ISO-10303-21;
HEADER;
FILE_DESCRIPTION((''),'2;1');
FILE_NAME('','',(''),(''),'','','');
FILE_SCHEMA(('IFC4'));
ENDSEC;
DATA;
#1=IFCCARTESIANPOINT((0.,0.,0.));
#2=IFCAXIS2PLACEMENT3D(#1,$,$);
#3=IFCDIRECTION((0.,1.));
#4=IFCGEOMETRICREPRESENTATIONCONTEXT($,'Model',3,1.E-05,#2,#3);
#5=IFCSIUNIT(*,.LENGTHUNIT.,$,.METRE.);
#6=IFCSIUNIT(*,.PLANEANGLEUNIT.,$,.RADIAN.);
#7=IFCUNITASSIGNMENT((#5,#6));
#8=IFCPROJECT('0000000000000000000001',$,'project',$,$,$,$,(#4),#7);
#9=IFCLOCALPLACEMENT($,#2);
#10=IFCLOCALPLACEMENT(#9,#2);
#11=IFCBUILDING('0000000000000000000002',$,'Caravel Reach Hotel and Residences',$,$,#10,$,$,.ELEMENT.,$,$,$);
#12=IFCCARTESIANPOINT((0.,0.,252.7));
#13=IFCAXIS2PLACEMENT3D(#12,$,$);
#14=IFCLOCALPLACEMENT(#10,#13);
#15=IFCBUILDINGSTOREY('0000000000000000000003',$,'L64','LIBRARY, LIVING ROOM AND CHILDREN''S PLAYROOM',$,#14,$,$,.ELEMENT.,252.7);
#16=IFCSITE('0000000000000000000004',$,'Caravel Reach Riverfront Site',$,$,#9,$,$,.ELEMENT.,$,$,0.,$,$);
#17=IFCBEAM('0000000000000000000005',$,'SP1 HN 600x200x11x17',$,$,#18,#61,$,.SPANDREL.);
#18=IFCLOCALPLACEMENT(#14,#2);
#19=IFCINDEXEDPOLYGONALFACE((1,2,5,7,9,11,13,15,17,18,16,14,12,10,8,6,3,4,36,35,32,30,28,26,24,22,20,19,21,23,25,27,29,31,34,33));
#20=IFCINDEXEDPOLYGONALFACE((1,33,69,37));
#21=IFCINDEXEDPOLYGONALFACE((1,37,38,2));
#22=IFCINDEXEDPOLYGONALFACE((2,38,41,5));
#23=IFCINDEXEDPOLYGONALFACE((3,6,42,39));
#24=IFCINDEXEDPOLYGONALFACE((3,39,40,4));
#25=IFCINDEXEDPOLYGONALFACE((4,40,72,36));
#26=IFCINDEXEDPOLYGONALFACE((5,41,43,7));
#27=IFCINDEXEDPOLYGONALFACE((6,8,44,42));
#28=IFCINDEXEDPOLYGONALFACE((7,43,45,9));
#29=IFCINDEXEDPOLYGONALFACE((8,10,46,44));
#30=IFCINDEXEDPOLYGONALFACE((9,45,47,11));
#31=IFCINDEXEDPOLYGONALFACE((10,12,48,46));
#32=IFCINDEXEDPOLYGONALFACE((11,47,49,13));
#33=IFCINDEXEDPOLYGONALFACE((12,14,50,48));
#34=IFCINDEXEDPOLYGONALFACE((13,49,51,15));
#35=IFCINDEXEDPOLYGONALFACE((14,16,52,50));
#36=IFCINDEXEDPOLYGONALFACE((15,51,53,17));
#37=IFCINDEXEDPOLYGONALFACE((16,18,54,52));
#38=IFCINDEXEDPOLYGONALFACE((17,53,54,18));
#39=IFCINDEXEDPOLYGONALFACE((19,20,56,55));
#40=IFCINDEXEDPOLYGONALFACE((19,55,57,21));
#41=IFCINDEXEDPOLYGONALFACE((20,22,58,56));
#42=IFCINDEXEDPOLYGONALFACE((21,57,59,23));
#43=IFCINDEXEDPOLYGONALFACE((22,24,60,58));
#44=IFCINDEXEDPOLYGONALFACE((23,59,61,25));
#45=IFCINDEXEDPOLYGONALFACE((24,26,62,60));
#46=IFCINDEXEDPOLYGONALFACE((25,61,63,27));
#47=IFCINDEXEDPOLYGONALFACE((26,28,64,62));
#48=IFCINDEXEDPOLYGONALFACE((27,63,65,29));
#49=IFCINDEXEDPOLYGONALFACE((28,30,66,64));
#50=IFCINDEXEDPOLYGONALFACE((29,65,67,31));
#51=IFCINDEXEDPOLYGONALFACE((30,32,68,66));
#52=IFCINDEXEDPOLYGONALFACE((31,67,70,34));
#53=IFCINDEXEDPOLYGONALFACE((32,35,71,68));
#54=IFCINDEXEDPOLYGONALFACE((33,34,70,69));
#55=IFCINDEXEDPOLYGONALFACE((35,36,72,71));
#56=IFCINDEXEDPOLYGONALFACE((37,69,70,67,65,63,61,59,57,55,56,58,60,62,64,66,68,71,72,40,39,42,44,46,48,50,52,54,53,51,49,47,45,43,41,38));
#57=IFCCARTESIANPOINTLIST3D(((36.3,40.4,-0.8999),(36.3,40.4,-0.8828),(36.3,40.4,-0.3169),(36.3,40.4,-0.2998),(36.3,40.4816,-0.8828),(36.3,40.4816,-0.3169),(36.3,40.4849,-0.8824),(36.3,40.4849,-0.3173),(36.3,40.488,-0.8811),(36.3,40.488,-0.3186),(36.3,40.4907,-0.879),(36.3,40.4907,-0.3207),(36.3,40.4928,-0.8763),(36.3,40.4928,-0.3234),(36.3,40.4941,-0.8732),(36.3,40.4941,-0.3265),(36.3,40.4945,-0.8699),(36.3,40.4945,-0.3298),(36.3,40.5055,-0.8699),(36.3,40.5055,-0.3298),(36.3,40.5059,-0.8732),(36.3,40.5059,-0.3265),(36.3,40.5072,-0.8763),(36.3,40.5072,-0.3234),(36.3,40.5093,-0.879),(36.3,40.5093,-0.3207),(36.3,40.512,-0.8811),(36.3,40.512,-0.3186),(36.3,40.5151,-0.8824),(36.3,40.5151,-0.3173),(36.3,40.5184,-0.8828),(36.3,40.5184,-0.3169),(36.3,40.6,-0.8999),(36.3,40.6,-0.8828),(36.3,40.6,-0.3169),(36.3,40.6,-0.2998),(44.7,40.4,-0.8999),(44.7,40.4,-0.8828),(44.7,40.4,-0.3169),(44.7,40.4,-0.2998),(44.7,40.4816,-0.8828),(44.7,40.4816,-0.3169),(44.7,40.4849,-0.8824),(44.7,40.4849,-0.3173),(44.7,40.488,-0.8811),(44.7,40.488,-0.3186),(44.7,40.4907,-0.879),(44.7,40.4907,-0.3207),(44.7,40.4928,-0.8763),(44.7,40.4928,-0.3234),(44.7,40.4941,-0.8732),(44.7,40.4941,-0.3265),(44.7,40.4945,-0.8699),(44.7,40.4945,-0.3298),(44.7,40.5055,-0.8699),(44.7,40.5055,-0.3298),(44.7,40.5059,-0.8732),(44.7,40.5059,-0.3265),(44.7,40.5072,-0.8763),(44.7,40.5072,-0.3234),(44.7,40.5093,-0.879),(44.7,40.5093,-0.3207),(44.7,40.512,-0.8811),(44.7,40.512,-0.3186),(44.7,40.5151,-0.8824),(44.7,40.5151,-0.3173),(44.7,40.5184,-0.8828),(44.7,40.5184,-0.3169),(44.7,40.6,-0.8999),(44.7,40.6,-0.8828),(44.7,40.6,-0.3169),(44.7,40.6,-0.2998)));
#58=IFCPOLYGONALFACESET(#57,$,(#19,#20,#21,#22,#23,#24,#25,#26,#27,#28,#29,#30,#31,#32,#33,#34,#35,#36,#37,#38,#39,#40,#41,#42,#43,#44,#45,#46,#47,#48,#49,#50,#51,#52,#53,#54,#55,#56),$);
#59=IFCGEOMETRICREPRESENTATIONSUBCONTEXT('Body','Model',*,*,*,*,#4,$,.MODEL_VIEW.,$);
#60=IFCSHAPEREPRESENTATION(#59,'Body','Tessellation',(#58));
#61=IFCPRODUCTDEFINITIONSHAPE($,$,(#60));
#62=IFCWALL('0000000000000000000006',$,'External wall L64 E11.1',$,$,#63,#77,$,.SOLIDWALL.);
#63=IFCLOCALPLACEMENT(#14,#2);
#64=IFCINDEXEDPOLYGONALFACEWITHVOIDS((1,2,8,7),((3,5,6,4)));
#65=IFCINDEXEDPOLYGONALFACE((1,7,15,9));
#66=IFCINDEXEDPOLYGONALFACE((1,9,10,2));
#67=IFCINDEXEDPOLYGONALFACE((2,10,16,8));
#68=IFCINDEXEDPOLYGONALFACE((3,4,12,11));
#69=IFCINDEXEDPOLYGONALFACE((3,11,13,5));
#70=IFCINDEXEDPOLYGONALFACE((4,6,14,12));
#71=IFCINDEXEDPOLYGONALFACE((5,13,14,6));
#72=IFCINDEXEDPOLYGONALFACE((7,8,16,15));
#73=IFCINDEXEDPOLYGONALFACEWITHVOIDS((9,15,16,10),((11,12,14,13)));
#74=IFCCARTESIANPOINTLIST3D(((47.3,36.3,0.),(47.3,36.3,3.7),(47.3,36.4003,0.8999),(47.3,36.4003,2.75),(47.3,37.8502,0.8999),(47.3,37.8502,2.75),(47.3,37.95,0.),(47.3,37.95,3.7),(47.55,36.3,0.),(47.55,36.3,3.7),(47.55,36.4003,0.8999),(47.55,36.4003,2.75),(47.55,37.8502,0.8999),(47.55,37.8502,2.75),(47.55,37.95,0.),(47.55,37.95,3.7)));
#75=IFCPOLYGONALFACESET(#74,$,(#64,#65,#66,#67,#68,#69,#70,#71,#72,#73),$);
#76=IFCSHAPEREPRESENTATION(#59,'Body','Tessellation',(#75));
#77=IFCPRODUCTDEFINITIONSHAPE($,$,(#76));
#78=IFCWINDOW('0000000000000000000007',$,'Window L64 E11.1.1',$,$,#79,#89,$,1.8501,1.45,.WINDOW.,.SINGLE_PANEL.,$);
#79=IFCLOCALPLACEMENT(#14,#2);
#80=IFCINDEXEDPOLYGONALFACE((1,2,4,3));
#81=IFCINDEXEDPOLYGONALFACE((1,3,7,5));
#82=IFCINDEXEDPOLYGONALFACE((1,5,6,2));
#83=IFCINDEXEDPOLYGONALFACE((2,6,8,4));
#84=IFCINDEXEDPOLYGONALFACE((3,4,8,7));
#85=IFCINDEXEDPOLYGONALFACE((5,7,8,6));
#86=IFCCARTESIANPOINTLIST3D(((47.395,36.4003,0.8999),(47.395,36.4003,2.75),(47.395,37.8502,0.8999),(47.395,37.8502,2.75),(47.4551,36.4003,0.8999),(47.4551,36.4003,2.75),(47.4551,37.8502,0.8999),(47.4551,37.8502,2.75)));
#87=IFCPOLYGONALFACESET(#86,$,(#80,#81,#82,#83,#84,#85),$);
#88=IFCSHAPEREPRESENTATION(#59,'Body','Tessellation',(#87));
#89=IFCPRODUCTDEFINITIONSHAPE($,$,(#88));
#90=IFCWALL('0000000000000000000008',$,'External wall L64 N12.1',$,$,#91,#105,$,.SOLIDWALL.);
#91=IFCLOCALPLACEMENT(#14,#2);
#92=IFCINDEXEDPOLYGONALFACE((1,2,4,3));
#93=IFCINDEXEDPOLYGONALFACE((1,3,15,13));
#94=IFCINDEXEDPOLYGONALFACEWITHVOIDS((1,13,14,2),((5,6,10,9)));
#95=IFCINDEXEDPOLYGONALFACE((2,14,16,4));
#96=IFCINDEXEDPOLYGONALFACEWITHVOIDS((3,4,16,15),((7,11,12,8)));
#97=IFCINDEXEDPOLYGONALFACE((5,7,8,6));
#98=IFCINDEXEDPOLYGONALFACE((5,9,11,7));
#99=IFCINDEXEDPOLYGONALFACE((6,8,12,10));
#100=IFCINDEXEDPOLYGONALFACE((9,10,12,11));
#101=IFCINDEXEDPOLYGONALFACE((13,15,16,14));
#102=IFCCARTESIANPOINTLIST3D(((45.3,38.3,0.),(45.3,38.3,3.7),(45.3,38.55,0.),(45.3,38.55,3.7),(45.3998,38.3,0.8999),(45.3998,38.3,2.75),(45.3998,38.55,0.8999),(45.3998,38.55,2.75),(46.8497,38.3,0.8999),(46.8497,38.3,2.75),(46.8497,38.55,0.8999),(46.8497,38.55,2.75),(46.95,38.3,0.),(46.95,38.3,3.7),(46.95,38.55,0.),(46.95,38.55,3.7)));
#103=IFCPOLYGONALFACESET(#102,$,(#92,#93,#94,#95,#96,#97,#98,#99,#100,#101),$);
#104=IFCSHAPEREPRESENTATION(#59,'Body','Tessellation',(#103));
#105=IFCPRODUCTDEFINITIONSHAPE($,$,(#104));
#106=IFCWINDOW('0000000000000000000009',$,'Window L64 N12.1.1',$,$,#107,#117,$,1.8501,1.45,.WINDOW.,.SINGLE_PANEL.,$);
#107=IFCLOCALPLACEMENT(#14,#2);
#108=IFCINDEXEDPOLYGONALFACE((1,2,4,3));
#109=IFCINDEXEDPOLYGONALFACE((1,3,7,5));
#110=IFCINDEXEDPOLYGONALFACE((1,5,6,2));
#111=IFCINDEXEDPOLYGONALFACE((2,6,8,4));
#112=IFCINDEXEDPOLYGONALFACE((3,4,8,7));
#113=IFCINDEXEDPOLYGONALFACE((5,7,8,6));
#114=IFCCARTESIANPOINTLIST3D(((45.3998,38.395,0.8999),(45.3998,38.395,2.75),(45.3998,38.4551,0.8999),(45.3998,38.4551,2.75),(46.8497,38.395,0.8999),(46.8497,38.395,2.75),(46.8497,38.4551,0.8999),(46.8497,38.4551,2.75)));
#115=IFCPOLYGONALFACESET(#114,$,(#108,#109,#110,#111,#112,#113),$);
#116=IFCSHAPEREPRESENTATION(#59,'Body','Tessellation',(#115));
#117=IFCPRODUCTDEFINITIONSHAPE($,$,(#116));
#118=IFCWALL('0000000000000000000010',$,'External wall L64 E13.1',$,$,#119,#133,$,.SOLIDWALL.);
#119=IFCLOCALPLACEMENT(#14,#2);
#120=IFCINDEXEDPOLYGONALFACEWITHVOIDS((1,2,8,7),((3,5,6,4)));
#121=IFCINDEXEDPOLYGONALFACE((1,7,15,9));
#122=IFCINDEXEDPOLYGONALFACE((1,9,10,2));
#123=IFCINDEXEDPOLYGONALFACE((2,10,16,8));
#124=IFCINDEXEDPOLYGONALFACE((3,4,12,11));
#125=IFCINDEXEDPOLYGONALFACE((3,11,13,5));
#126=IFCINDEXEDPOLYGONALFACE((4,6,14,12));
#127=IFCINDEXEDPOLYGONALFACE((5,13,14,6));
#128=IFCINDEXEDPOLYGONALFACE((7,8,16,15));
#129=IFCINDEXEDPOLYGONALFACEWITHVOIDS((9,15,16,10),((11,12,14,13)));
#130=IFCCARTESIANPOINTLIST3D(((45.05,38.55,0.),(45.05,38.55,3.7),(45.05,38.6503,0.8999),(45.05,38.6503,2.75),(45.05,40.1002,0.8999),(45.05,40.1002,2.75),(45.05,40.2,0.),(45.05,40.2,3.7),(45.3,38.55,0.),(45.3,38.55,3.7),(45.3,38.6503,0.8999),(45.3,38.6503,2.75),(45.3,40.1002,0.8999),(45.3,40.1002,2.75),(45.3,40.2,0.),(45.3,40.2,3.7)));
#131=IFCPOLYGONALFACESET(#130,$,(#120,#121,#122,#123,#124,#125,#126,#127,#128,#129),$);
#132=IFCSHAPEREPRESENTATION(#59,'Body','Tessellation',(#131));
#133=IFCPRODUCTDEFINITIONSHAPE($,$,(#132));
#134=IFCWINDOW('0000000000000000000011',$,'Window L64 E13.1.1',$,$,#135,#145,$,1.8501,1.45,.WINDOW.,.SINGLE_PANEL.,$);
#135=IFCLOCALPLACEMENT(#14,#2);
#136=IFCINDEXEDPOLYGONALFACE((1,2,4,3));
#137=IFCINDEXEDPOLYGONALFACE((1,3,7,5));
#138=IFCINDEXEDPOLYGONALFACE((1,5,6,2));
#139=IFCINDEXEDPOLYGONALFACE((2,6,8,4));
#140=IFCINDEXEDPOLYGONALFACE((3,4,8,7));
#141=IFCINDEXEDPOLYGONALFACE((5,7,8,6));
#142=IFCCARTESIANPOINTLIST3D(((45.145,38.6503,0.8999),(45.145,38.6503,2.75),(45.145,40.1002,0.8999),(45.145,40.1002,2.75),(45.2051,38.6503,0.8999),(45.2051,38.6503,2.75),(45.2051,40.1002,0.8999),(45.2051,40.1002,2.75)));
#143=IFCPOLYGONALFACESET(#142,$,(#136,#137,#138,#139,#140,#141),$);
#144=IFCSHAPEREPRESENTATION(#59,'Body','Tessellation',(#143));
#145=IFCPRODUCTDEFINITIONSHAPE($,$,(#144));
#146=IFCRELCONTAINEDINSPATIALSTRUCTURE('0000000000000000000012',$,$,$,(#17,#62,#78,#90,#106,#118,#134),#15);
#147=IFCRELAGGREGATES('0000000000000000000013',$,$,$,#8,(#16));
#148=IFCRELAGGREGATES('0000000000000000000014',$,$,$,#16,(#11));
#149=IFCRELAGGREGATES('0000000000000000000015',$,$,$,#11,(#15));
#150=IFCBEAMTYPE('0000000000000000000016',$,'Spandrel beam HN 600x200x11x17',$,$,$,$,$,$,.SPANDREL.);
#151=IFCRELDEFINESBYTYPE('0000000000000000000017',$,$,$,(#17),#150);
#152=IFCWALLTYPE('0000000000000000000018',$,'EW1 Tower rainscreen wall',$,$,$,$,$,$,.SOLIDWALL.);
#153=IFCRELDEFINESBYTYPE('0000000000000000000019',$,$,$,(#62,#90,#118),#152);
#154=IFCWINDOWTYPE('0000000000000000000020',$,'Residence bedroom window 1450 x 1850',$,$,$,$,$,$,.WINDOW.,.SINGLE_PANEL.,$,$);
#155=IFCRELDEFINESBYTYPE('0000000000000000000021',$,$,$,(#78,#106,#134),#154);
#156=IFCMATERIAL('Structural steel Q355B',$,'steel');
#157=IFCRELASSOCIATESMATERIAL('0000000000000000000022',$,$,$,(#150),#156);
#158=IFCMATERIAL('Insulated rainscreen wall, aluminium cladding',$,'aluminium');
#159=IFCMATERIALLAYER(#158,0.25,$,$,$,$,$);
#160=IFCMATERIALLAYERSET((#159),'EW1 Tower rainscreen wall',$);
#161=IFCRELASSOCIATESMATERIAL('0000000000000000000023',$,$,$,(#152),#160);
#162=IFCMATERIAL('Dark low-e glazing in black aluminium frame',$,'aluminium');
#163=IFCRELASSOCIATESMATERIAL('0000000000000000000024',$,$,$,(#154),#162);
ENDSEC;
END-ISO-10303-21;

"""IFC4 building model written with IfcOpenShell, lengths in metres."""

from ifc_helpers import new_model, si_unit, direction, frame, frame_2d, origin, origin_2d, place, context, subcontext, project, spatial, rectangle, i_section, extrude, material, layer, layer_set, material_profile, profile_set, type_object, element, fill, save


model = new_model("IFC4")

# Units and contexts
model_context = context("Model", 3, precision=1e-05, world=origin(), true_north=direction((0.0, 1.0)))
body_context = subcontext(model_context, "Body", "Model", "MODEL_VIEW")
ifc_project = project(units=[si_unit("LENGTHUNIT", "METRE"), si_unit("PLANEANGLEUNIT", "RADIAN")], contexts=[model_context])

# Site, building, storey
site_placement = place(None, origin())
site = spatial("IfcSite", under=ifc_project, at=site_placement, Name="Caravel Reach Riverfront Site", CompositionType="ELEMENT", RefElevation=0.0)
building_placement = place(site_placement, origin())
building = spatial("IfcBuilding", under=site, at=building_placement, Name="Caravel Reach Hotel and Residences", CompositionType="ELEMENT")
storey_placement = place(building_placement, frame((0.0, 0.0, 252.7)))
storey = spatial("IfcBuildingStorey", under=building, at=storey_placement, Name="L64", Description="LIBRARY, LIVING ROOM AND CHILDREN'S PLAYROOM", CompositionType="ELEMENT", Elevation=252.7)

# Beam
ifc_material_1 = material(Name="Structural steel Q355B", Category="steel")
ifc_material_profile_1 = material_profile(ifc_material_1, i_section(OverallWidth=0.2, OverallDepth=0.6001, WebThickness=0.011, FlangeThickness=0.0171, FilletRadius=0.0129, at=origin_2d()), Name="HN 600x200x11x17")
ifc_profile_set_1 = profile_set([ifc_material_profile_1], Name="Structural steel Q355B")
beam_type = type_object("IfcBeamType", Name="Spandrel beam HN 600x200x11x17", PredefinedType="SPANDREL", material=ifc_profile_set_1)
beam_placement = place(storey_placement, frame((44.7, 40.5, -0.5999), z_axis=(-1.0, 0.0, 0.0), x_axis=(0.0, -1.0, 0.0)))
element("IfcBeam", 1, at=beam_placement, inside=storey, type_object=beam_type, Name="SP1 HN 600x200x11x17", PredefinedType="SPANDREL", context=body_context, shape_type="SweptSolid", body=[
    extrude(i_section(OverallWidth=0.2, OverallDepth=0.6001, WebThickness=0.011, FlangeThickness=0.0171, FilletRadius=0.0129, at=origin_2d()), origin(), (0.0, 0.0, 1.0), 8.3999),
])

# Walls, openings, windows
ifc_material_2 = material(Name="Insulated rainscreen wall, aluminium cladding", Category="aluminium")
ifc_layer = layer(ifc_material_2, 0.25)
ifc_layer_set = layer_set([ifc_layer], Name="EW1 Tower rainscreen wall")
wall_type = type_object("IfcWallType", Name="EW1 Tower rainscreen wall", PredefinedType="SOLIDWALL", material=ifc_layer_set)
wall_1_placement = place(storey_placement, frame((47.425, 36.3, 0.0), z_axis=(0.0, 0.0, 1.0), x_axis=(0.0, 1.0, 0.0)))
wall_1 = element("IfcWall", 2, at=wall_1_placement, inside=storey, type_object=wall_type, Name="External wall L64 E11.1", PredefinedType="SOLIDWALL", context=body_context, shape_type="SweptSolid", body=[
    extrude(rectangle(XDim=1.6499, YDim=0.25, at=frame_2d((0.825, 0.0))), origin(), (0.0, 0.0, 1.0), 3.7),
])
opening_1_placement = place(wall_1_placement, frame((0.1001, 0.0, 0.8999)))
opening_1 = element("IfcOpeningElement", 3, at=opening_1_placement, cuts=wall_1, PredefinedType="OPENING", context=body_context, shape_type="SweptSolid", body=[
    extrude(rectangle(XDim=1.45, YDim=1.8501, at=frame_2d((0.7251, 0.925))), frame((0.0, 0.135, 0.0), z_axis=(0.0, -1.0, 0.0), x_axis=(1.0, 0.0, 0.0)), (0.0, 0.0, 1.0), 0.27),
])
ifc_material_3 = material(Name="Dark low-e glazing in black aluminium frame", Category="aluminium")
window_type_1 = type_object("IfcWindowType", Name="Residence bedroom window 1450 x 1850", PartitioningType="SINGLE_PANEL", PredefinedType="WINDOW", material=ifc_material_3)
window_1_placement = place(opening_1_placement, origin())
window_1 = element("IfcWindow", 4, at=window_1_placement, inside=storey, type_object=window_type_1, Name="Window L64 E11.1.1", OverallHeight=1.8501, OverallWidth=1.45, PartitioningType="SINGLE_PANEL", PredefinedType="WINDOW", context=body_context, shape_type="SweptSolid", body=[
    extrude(rectangle(XDim=1.45, YDim=1.8501, at=frame_2d((0.7251, 0.925))), frame((0.0, 0.03, 0.0), z_axis=(0.0, -1.0, 0.0), x_axis=(1.0, 0.0, 0.0)), (0.0, 0.0, 1.0), 0.0601),
])
fill(opening_1, window_1)
wall_2_placement = place(storey_placement, frame((46.95, 38.425, 0.0), z_axis=(0.0, 0.0, 1.0), x_axis=(-1.0, 0.0, 0.0)))
wall_2 = element("IfcWall", 5, at=wall_2_placement, inside=storey, type_object=wall_type, Name="External wall L64 N12.1", PredefinedType="SOLIDWALL", context=body_context, shape_type="SweptSolid", body=[
    extrude(rectangle(XDim=1.6499, YDim=0.25, at=frame_2d((0.825, 0.0))), origin(), (0.0, 0.0, 1.0), 3.7),
])
opening_2_placement = place(wall_2_placement, frame((0.1001, 0.0, 0.8999)))
opening_2 = element("IfcOpeningElement", 6, at=opening_2_placement, cuts=wall_2, PredefinedType="OPENING", context=body_context, shape_type="SweptSolid", body=[
    extrude(rectangle(XDim=1.45, YDim=1.8501, at=frame_2d((0.7251, 0.925))), frame((0.0, 0.135, 0.0), z_axis=(0.0, -1.0, 0.0), x_axis=(1.0, 0.0, 0.0)), (0.0, 0.0, 1.0), 0.27),
])
window_2_placement = place(opening_2_placement, origin())
window_2 = element("IfcWindow", 7, at=window_2_placement, inside=storey, type_object=window_type_1, Name="Window L64 N12.1.1", OverallHeight=1.8501, OverallWidth=1.45, PartitioningType="SINGLE_PANEL", PredefinedType="WINDOW", context=body_context, shape_type="SweptSolid", body=[
    extrude(rectangle(XDim=1.45, YDim=1.8501, at=frame_2d((0.7251, 0.925))), frame((0.0, 0.03, 0.0), z_axis=(0.0, -1.0, 0.0), x_axis=(1.0, 0.0, 0.0)), (0.0, 0.0, 1.0), 0.0601),
])
fill(opening_2, window_2)
wall_3_placement = place(storey_placement, frame((45.175, 38.55, 0.0), z_axis=(0.0, 0.0, 1.0), x_axis=(0.0, 1.0, 0.0)))
wall_3 = element("IfcWall", 8, at=wall_3_placement, inside=storey, type_object=wall_type, Name="External wall L64 E13.1", PredefinedType="SOLIDWALL", context=body_context, shape_type="SweptSolid", body=[
    extrude(rectangle(XDim=1.6499, YDim=0.25, at=frame_2d((0.825, 0.0))), origin(), (0.0, 0.0, 1.0), 3.7),
])
opening_3_placement = place(wall_3_placement, frame((0.1001, 0.0, 0.8999)))
opening_3 = element("IfcOpeningElement", 9, at=opening_3_placement, cuts=wall_3, PredefinedType="OPENING", context=body_context, shape_type="SweptSolid", body=[
    extrude(rectangle(XDim=1.45, YDim=1.8501, at=frame_2d((0.7251, 0.925))), frame((0.0, 0.135, 0.0), z_axis=(0.0, -1.0, 0.0), x_axis=(1.0, 0.0, 0.0)), (0.0, 0.0, 1.0), 0.27),
])
window_3_placement = place(opening_3_placement, origin())
window_3 = element("IfcWindow", 10, at=window_3_placement, inside=storey, type_object=window_type_1, Name="Window L64 E13.1.1", OverallHeight=1.8501, OverallWidth=1.45, PartitioningType="SINGLE_PANEL", PredefinedType="WINDOW", context=body_context, shape_type="SweptSolid", body=[
    extrude(rectangle(XDim=1.45, YDim=1.8501, at=frame_2d((0.7251, 0.925))), frame((0.0, 0.03, 0.0), z_axis=(0.0, -1.0, 0.0), x_axis=(1.0, 0.0, 0.0)), (0.0, 0.0, 1.0), 0.0601),
])
fill(opening_3, window_3)

save(model, "model.ifc")
